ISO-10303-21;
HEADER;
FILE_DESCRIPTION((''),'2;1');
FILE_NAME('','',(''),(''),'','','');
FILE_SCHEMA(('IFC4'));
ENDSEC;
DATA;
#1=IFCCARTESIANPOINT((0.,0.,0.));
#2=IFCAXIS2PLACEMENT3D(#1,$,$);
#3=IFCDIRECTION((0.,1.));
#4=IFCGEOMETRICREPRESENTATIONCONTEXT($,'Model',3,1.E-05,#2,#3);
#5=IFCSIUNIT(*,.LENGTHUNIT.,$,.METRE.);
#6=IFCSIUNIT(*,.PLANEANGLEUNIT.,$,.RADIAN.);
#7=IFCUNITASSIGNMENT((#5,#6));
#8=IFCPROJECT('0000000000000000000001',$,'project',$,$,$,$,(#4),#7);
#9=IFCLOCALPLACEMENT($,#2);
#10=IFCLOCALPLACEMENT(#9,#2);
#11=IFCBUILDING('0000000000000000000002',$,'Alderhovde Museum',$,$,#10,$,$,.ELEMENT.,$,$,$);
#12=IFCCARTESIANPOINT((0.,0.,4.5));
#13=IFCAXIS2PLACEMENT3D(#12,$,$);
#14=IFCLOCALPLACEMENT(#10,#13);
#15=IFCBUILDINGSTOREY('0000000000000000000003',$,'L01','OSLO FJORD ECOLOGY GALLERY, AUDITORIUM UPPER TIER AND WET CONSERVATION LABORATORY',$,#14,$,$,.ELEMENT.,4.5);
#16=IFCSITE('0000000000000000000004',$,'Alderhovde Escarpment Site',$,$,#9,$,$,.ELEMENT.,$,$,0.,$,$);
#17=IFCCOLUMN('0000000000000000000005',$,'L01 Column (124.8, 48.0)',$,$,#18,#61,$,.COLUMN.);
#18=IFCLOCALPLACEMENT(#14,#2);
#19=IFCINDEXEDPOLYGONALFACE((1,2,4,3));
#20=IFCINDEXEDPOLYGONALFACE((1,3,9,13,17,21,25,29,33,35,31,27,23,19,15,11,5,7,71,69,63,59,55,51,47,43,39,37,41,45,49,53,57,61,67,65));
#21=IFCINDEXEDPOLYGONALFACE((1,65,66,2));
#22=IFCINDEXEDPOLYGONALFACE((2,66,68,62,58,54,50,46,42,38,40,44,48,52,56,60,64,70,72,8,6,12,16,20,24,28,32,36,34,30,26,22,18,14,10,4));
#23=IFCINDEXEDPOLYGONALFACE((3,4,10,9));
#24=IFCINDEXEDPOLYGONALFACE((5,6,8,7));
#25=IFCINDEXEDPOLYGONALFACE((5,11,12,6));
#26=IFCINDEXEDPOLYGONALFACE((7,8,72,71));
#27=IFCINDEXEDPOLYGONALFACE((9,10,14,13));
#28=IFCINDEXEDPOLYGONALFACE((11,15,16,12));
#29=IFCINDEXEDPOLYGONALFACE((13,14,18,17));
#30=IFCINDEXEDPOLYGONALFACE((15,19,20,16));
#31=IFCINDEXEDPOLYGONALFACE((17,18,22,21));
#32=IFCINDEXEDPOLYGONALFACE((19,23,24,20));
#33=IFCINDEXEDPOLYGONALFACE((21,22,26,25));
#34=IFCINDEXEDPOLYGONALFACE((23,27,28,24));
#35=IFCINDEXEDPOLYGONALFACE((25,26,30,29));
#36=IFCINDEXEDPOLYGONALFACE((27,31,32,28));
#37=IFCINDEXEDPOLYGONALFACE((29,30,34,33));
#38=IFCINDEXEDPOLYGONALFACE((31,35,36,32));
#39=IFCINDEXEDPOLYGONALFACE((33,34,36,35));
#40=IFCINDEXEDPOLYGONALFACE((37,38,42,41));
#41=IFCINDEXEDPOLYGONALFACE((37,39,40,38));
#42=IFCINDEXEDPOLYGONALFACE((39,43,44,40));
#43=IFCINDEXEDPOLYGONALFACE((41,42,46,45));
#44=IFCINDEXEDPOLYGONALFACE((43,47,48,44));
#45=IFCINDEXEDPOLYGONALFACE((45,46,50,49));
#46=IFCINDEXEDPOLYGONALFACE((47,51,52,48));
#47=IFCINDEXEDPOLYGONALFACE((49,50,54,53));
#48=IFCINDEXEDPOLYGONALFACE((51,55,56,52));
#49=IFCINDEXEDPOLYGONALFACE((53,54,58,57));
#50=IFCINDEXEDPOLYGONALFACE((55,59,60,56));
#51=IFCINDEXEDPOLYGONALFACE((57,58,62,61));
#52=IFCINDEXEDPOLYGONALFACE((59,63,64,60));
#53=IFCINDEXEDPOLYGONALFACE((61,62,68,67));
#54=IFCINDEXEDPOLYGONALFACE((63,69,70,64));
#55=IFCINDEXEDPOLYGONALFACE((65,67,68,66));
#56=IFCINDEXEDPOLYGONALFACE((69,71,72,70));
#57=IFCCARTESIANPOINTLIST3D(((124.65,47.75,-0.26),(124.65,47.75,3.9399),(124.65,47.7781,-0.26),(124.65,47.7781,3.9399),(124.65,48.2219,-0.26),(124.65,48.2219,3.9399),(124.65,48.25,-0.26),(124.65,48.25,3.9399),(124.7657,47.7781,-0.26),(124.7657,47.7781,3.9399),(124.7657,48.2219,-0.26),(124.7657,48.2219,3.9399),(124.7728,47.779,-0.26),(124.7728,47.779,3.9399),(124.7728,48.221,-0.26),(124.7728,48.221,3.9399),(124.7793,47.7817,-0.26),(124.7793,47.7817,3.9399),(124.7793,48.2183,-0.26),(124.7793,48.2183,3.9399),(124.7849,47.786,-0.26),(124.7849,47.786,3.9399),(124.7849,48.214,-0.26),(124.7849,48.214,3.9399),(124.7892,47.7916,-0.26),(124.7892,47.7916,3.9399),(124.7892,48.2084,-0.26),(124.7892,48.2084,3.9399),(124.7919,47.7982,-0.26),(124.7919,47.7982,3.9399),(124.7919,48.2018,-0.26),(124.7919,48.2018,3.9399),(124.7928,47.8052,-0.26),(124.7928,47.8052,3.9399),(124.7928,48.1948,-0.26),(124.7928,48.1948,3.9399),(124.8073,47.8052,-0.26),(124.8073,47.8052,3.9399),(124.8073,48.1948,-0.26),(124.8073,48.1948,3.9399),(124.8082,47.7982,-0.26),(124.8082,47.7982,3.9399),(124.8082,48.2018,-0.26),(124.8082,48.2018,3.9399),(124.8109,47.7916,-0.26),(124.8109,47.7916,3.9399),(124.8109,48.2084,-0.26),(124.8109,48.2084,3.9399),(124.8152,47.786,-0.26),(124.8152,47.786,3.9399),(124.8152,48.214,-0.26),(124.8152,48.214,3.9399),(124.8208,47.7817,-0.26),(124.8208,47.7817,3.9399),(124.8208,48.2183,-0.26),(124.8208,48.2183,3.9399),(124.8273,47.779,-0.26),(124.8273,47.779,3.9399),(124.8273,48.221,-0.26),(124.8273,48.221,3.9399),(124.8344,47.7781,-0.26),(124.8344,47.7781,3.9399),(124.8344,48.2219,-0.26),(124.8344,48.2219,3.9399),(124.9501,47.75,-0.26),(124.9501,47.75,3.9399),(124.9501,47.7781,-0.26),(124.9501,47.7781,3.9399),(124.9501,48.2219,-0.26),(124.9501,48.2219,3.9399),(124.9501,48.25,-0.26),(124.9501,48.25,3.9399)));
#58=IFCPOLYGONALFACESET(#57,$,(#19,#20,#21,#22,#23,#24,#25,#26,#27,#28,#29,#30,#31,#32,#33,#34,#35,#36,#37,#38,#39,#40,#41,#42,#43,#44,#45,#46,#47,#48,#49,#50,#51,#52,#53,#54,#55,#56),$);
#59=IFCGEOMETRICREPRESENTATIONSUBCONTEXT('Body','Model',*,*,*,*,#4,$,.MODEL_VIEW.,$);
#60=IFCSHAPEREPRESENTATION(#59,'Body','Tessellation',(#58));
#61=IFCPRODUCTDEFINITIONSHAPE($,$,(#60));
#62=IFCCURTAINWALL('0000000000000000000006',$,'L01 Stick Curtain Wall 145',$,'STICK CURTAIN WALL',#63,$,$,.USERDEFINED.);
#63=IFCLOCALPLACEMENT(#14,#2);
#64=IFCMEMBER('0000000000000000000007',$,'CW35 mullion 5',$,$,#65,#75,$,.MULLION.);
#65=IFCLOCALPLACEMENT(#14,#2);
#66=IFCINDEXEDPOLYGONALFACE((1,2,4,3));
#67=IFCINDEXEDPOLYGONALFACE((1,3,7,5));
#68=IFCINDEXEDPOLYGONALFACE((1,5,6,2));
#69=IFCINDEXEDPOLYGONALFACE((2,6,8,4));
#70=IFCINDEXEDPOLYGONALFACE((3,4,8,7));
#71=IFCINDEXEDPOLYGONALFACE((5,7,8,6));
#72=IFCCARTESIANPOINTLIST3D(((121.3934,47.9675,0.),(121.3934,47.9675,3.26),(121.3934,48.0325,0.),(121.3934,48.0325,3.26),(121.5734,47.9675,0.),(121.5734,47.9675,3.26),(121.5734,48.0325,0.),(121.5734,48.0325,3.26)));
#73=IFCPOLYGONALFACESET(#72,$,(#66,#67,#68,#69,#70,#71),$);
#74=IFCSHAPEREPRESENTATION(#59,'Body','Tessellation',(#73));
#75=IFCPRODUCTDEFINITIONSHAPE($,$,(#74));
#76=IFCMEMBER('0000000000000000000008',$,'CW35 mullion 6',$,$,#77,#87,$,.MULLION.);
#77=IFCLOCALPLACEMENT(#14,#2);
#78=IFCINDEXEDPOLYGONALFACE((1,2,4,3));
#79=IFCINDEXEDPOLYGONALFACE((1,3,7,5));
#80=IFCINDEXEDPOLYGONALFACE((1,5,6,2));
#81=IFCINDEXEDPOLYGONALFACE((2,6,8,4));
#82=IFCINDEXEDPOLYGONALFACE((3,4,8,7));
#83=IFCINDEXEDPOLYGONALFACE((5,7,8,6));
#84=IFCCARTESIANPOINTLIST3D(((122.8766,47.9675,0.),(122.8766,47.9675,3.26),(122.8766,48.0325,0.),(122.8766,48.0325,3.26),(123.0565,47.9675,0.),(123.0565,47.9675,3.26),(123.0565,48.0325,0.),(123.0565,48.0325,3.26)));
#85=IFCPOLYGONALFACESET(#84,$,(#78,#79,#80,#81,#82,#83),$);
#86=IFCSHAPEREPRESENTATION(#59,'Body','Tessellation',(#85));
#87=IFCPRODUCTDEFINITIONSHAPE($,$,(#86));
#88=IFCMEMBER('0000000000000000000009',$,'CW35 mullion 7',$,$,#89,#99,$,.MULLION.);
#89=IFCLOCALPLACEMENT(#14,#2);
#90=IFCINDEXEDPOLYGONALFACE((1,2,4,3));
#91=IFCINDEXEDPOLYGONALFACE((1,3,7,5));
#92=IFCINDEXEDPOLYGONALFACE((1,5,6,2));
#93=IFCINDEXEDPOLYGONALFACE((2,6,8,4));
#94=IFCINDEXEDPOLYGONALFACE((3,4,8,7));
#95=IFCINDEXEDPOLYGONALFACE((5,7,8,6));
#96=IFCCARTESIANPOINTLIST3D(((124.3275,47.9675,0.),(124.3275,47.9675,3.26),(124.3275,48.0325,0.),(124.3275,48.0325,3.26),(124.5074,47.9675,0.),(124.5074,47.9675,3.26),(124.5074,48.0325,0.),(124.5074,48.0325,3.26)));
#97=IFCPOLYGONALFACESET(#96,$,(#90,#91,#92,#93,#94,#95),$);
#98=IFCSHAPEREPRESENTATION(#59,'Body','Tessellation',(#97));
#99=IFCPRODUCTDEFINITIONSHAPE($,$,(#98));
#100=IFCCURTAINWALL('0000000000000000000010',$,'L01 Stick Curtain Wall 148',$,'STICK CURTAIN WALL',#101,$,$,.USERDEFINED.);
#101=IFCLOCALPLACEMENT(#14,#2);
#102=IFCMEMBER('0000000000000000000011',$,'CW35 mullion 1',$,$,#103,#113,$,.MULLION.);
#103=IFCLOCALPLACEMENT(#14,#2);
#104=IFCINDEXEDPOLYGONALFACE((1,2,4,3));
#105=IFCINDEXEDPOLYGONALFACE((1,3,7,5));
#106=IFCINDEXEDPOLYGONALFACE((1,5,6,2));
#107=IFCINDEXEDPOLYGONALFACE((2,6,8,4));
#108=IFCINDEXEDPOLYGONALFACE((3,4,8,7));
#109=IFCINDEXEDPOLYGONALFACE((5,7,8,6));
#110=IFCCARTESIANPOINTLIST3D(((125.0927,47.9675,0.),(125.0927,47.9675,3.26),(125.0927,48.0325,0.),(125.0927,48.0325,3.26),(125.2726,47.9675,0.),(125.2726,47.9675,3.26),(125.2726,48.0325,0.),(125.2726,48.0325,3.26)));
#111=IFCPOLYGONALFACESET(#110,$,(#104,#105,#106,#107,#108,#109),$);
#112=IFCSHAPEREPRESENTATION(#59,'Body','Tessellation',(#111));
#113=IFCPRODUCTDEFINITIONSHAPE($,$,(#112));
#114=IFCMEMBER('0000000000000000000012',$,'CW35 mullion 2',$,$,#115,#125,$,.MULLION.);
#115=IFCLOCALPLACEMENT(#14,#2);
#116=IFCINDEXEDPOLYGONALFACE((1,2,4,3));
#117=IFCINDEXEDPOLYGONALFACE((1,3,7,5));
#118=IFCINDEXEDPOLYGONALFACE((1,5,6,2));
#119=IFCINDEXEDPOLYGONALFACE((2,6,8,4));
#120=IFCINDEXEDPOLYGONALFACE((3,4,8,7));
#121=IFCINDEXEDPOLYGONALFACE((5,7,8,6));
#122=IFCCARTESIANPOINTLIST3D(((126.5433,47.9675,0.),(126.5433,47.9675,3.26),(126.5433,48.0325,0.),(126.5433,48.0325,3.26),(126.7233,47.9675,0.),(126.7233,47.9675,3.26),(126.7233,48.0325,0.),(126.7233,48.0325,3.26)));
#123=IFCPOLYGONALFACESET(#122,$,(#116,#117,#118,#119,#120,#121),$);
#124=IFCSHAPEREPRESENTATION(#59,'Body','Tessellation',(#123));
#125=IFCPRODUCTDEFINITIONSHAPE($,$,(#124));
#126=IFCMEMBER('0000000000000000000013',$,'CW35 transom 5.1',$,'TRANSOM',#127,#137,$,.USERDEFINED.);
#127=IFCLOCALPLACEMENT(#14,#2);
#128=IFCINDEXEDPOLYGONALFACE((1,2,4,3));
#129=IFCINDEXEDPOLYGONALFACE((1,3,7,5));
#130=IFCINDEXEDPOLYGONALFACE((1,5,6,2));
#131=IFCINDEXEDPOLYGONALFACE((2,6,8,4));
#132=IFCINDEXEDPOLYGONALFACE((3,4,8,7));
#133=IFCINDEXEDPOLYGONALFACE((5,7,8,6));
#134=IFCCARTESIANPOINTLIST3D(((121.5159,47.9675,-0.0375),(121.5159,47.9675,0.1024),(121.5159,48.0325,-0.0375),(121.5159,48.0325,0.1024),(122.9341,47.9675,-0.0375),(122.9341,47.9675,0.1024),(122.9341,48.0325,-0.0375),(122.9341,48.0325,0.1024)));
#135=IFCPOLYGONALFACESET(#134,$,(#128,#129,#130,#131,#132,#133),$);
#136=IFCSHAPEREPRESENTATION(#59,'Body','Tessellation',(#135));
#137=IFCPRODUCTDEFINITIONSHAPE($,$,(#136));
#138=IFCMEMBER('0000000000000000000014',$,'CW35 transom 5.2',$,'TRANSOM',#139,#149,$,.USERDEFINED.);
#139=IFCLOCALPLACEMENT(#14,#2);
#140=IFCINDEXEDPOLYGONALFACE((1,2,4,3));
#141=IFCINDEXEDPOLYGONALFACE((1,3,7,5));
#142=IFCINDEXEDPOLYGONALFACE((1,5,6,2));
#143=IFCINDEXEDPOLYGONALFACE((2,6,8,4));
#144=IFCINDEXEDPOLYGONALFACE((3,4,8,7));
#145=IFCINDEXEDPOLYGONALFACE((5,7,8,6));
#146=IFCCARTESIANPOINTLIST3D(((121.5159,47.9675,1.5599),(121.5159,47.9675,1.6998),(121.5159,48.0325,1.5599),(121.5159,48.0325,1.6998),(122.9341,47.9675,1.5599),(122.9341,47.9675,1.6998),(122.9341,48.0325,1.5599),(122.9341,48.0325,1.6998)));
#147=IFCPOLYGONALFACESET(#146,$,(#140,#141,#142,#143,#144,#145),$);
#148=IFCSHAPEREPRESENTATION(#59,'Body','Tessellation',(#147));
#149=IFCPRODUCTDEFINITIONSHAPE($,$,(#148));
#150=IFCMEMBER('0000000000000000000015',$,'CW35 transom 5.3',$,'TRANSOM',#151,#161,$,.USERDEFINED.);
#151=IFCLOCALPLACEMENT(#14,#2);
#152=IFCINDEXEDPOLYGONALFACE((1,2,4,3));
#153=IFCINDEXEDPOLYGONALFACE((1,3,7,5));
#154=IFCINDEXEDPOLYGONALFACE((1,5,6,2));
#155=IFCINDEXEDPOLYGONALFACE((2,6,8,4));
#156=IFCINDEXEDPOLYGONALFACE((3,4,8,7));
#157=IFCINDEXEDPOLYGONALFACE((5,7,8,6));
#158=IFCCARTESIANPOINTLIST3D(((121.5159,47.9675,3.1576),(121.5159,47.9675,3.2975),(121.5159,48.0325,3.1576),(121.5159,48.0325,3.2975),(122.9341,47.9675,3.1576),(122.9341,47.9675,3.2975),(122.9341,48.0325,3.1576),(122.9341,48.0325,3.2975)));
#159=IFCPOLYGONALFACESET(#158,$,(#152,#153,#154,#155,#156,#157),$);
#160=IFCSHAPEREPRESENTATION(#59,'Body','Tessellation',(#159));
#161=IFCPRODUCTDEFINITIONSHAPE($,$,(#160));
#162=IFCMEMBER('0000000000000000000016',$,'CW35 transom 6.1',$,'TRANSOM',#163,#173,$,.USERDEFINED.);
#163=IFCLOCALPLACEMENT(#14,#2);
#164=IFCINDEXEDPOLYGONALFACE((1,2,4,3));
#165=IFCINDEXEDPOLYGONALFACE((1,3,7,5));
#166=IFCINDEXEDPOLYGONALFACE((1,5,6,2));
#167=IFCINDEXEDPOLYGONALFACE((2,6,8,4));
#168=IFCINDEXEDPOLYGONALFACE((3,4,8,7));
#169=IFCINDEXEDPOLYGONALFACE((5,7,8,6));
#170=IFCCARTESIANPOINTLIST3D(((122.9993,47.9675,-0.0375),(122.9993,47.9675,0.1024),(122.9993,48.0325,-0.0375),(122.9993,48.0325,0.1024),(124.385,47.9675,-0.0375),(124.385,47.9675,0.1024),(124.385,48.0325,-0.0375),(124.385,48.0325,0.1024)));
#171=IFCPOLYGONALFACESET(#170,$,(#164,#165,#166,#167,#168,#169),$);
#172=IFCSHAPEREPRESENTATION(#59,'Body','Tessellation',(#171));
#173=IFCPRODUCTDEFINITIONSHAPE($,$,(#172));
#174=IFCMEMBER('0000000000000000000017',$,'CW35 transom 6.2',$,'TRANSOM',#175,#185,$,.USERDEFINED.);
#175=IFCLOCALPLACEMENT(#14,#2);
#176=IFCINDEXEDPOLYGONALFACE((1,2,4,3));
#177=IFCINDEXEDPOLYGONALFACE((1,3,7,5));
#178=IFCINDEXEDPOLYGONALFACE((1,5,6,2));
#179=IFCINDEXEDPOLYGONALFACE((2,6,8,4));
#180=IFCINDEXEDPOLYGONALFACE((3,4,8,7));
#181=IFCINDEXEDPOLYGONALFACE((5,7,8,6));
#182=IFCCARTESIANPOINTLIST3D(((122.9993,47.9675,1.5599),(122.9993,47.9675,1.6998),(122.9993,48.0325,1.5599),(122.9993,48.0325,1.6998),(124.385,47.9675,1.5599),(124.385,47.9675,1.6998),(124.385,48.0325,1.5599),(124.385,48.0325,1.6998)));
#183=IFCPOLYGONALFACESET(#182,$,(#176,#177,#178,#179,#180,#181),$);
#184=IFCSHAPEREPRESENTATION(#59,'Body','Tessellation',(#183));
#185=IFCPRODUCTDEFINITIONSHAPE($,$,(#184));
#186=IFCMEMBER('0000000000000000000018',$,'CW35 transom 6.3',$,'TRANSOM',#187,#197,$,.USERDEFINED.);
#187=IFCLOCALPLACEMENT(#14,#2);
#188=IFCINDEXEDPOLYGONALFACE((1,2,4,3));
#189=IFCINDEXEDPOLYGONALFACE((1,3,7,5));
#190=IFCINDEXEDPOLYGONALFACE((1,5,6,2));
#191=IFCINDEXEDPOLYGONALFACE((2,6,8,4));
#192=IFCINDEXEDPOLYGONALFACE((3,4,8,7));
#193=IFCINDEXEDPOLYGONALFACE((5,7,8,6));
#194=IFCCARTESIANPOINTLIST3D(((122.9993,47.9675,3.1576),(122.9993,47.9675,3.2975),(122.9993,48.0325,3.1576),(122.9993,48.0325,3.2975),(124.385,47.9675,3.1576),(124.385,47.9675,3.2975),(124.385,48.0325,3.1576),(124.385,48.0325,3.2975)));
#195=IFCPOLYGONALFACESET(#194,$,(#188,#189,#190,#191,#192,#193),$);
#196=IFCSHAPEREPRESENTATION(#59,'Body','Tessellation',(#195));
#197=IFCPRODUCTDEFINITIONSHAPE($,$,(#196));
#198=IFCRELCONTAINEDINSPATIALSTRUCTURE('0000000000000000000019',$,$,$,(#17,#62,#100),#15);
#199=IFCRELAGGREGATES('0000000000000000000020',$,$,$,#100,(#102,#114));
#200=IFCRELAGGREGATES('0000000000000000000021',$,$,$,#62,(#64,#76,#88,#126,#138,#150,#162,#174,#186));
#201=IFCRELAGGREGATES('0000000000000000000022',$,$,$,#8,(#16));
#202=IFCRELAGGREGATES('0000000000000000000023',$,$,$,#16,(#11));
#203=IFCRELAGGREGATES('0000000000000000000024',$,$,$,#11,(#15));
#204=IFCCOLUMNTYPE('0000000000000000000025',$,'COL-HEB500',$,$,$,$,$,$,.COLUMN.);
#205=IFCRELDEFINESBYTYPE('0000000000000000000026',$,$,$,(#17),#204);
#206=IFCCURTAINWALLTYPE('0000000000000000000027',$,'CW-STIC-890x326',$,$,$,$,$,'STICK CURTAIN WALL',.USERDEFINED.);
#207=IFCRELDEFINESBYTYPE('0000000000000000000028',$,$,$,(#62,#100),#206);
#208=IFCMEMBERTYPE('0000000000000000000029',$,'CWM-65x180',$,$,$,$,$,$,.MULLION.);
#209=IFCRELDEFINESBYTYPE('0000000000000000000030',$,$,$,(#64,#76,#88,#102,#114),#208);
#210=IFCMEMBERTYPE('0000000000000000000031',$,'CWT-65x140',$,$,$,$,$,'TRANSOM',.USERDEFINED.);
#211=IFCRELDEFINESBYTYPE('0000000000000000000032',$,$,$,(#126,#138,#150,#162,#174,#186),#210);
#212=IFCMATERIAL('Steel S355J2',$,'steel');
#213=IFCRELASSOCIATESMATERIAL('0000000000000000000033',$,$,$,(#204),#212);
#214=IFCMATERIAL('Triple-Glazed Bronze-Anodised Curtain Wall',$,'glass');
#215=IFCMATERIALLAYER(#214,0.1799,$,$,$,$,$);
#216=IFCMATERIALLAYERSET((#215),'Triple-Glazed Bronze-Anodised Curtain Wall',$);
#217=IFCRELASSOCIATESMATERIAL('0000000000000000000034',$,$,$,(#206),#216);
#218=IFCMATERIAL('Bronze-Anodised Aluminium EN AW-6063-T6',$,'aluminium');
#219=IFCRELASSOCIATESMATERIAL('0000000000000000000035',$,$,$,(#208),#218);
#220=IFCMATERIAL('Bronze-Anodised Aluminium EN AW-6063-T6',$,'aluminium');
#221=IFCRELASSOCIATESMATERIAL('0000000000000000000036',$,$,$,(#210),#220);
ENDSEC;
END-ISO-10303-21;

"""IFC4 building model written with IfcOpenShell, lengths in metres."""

from ifc_helpers import new_model, si_unit, direction, frame, origin, origin_2d, place, context, subcontext, project, spatial, rectangle, i_section, extrude, material, layer, layer_set, material_profile, profile_set, type_object, element, aggregate, save


model = new_model("IFC4")

# Units and contexts
model_context = context("Model", 3, precision=1e-05, world=origin(), true_north=direction((0.0, 1.0)))
body_context = subcontext(model_context, "Body", "Model", "MODEL_VIEW")
ifc_project = project(units=[si_unit("LENGTHUNIT", "METRE"), si_unit("PLANEANGLEUNIT", "RADIAN")], contexts=[model_context])

# Site, building, storey
site_placement = place(None, origin())
site = spatial("IfcSite", under=ifc_project, at=site_placement, Name="Alderhovde Escarpment Site", CompositionType="ELEMENT", RefElevation=0.0)
building_placement = place(site_placement, origin())
building = spatial("IfcBuilding", under=site, at=building_placement, Name="Alderhovde Museum", CompositionType="ELEMENT")
storey_placement = place(building_placement, frame((0.0, 0.0, 4.5)))
storey = spatial("IfcBuildingStorey", under=building, at=storey_placement, Name="L01", Description="OSLO FJORD ECOLOGY GALLERY, AUDITORIUM UPPER TIER AND WET CONSERVATION LABORATORY", CompositionType="ELEMENT", Elevation=4.5)

# Column
ifc_material_1 = material(Name="Steel S355J2", Category="steel")
ifc_material_profile_1 = material_profile(ifc_material_1, i_section(OverallWidth=0.3, OverallDepth=0.5, WebThickness=0.0144, FlangeThickness=0.0281, FilletRadius=0.0271, at=origin_2d()), Name="HEB 500")
ifc_profile_set_1 = profile_set([ifc_material_profile_1], Name="Steel S355J2")
column_type = type_object("IfcColumnType", Name="COL-HEB500", PredefinedType="COLUMN", material=ifc_profile_set_1)
column_placement = place(storey_placement, frame((124.8, 48.0, -0.26), z_axis=(0.0, 0.0, 1.0), x_axis=(1.0, 0.0, 0.0)))
element("IfcColumn", 1, at=column_placement, inside=storey, type_object=column_type, Name="L01 Column (124.8, 48.0)", PredefinedType="COLUMN", context=body_context, shape_type="SweptSolid", body=[
    extrude(i_section(OverallWidth=0.3, OverallDepth=0.5, WebThickness=0.0144, FlangeThickness=0.0281, FilletRadius=0.0271, at=origin_2d()), origin(), (0.0, 0.0, 1.0), 4.2),
])

# Curtain walls, members
ifc_material_2 = material(Name="Triple-Glazed Bronze-Anodised Curtain Wall", Category="glass")
ifc_layer_1 = layer(ifc_material_2, 0.1799)
ifc_layer_set_1 = layer_set([ifc_layer_1], Name="Triple-Glazed Bronze-Anodised Curtain Wall")
curtain_wall_type = type_object("IfcCurtainWallType", Name="CW-STIC-890x326", ElementType="STICK CURTAIN WALL", PredefinedType="USERDEFINED", material=ifc_layer_set_1)
curtain_wall_1_placement = place(storey_placement, origin())
curtain_wall_1 = element("IfcCurtainWall", 2, at=curtain_wall_1_placement, inside=storey, type_object=curtain_wall_type, Name="L01 Stick Curtain Wall 145", ObjectType="STICK CURTAIN WALL", PredefinedType="USERDEFINED")
ifc_material_3 = material(Name="Bronze-Anodised Aluminium EN AW-6063-T6", Category="aluminium")
ifc_material_profile_2 = material_profile(ifc_material_3, rectangle(XDim=0.0649, YDim=0.1799, at=origin_2d()), Name="MULLION 65x180")
ifc_profile_set_2 = profile_set([ifc_material_profile_2], Name="Bronze-Anodised Aluminium EN AW-6063-T6")
member_type_1 = type_object("IfcMemberType", Name="CWM-65x180", PredefinedType="MULLION", material=ifc_profile_set_2)
member_1_placement = place(storey_placement, frame((121.4834, 48.0, 0.0), z_axis=(0.0, 0.0, 1.0), x_axis=(0.0, 1.0, 0.0)))
member_1 = element("IfcMember", 3, at=member_1_placement, type_object=member_type_1, Name="CW35 mullion 5", PredefinedType="MULLION", context=body_context, shape_type="SweptSolid", body=[
    extrude(rectangle(XDim=0.0649, YDim=0.1799, at=origin_2d()), origin(), (0.0, 0.0, 1.0), 3.26),
])
member_2_placement = place(storey_placement, frame((122.9666, 48.0, 0.0), z_axis=(0.0, 0.0, 1.0), x_axis=(0.0, 1.0, 0.0)))
member_2 = element("IfcMember", 4, at=member_2_placement, type_object=member_type_1, Name="CW35 mullion 6", PredefinedType="MULLION", context=body_context, shape_type="SweptSolid", body=[
    extrude(rectangle(XDim=0.0649, YDim=0.1799, at=origin_2d()), origin(), (0.0, 0.0, 1.0), 3.26),
])
member_3_placement = place(storey_placement, frame((124.4175, 48.0, 0.0), z_axis=(0.0, 0.0, 1.0), x_axis=(0.0, 1.0, 0.0)))
member_3 = element("IfcMember", 5, at=member_3_placement, type_object=member_type_1, Name="CW35 mullion 7", PredefinedType="MULLION", context=body_context, shape_type="SweptSolid", body=[
    extrude(rectangle(XDim=0.0649, YDim=0.1799, at=origin_2d()), origin(), (0.0, 0.0, 1.0), 3.26),
])
curtain_wall_2_placement = place(storey_placement, origin())
curtain_wall_2 = element("IfcCurtainWall", 6, at=curtain_wall_2_placement, inside=storey, type_object=curtain_wall_type, Name="L01 Stick Curtain Wall 148", ObjectType="STICK CURTAIN WALL", PredefinedType="USERDEFINED")
member_4_placement = place(storey_placement, frame((125.1826, 48.0, 0.0), z_axis=(0.0, 0.0, 1.0), x_axis=(0.0, 1.0, 0.0)))
member_4 = element("IfcMember", 7, at=member_4_placement, type_object=member_type_1, Name="CW35 mullion 1", PredefinedType="MULLION", context=body_context, shape_type="SweptSolid", body=[
    extrude(rectangle(XDim=0.0649, YDim=0.1799, at=origin_2d()), origin(), (0.0, 0.0, 1.0), 3.26),
])
member_5_placement = place(storey_placement, frame((126.6333, 48.0, 0.0), z_axis=(0.0, 0.0, 1.0), x_axis=(0.0, 1.0, 0.0)))
member_5 = element("IfcMember", 8, at=member_5_placement, type_object=member_type_1, Name="CW35 mullion 2", PredefinedType="MULLION", context=body_context, shape_type="SweptSolid", body=[
    extrude(rectangle(XDim=0.0649, YDim=0.1799, at=origin_2d()), origin(), (0.0, 0.0, 1.0), 3.26),
])

# Members
ifc_material_4 = material(Name="Bronze-Anodised Aluminium EN AW-6063-T6", Category="aluminium")
ifc_material_profile_3 = material_profile(ifc_material_4, rectangle(XDim=0.0649, YDim=0.1399, at=origin_2d()), Name="TRANSOM 65x140")
ifc_profile_set_3 = profile_set([ifc_material_profile_3], Name="Bronze-Anodised Aluminium EN AW-6063-T6")
member_type_2 = type_object("IfcMemberType", Name="CWT-65x140", ElementType="TRANSOM", PredefinedType="USERDEFINED", material=ifc_profile_set_3)
member_6_placement = place(storey_placement, frame((121.5159, 48.0, 0.0325), z_axis=(1.0, 0.0, 0.0), x_axis=(0.0, 1.0, 0.0)))
member_6 = element("IfcMember", 9, at=member_6_placement, type_object=member_type_2, Name="CW35 transom 5.1", ObjectType="TRANSOM", PredefinedType="USERDEFINED", context=body_context, shape_type="SweptSolid", body=[
    extrude(rectangle(XDim=0.0649, YDim=0.1399, at=origin_2d()), origin(), (0.0, 0.0, 1.0), 1.4182),
])
member_7_placement = place(storey_placement, frame((121.5159, 48.0, 1.6299), z_axis=(1.0, 0.0, 0.0), x_axis=(0.0, 1.0, 0.0)))
member_7 = element("IfcMember", 10, at=member_7_placement, type_object=member_type_2, Name="CW35 transom 5.2", ObjectType="TRANSOM", PredefinedType="USERDEFINED", context=body_context, shape_type="SweptSolid", body=[
    extrude(rectangle(XDim=0.0649, YDim=0.1399, at=origin_2d()), origin(), (0.0, 0.0, 1.0), 1.4182),
])
member_8_placement = place(storey_placement, frame((121.5159, 48.0, 3.2275), z_axis=(1.0, 0.0, 0.0), x_axis=(0.0, 1.0, 0.0)))
member_8 = element("IfcMember", 11, at=member_8_placement, type_object=member_type_2, Name="CW35 transom 5.3", ObjectType="TRANSOM", PredefinedType="USERDEFINED", context=body_context, shape_type="SweptSolid", body=[
    extrude(rectangle(XDim=0.0649, YDim=0.1399, at=origin_2d()), origin(), (0.0, 0.0, 1.0), 1.4182),
])
member_9_placement = place(storey_placement, frame((122.9993, 48.0, 0.0325), z_axis=(1.0, 0.0, 0.0), x_axis=(0.0, 1.0, 0.0)))
member_9 = element("IfcMember", 12, at=member_9_placement, type_object=member_type_2, Name="CW35 transom 6.1", ObjectType="TRANSOM", PredefinedType="USERDEFINED", context=body_context, shape_type="SweptSolid", body=[
    extrude(rectangle(XDim=0.0649, YDim=0.1399, at=origin_2d()), origin(), (0.0, 0.0, 1.0), 1.3857),
])
member_10_placement = place(storey_placement, frame((122.9993, 48.0, 1.6299), z_axis=(1.0, 0.0, 0.0), x_axis=(0.0, 1.0, 0.0)))
member_10 = element("IfcMember", 13, at=member_10_placement, type_object=member_type_2, Name="CW35 transom 6.2", ObjectType="TRANSOM", PredefinedType="USERDEFINED", context=body_context, shape_type="SweptSolid", body=[
    extrude(rectangle(XDim=0.0649, YDim=0.1399, at=origin_2d()), origin(), (0.0, 0.0, 1.0), 1.3857),
])
member_11_placement = place(storey_placement, frame((122.9993, 48.0, 3.2275), z_axis=(1.0, 0.0, 0.0), x_axis=(0.0, 1.0, 0.0)))
member_11 = element("IfcMember", 14, at=member_11_placement, type_object=member_type_2, Name="CW35 transom 6.3", ObjectType="TRANSOM", PredefinedType="USERDEFINED", context=body_context, shape_type="SweptSolid", body=[
    extrude(rectangle(XDim=0.0649, YDim=0.1399, at=origin_2d()), origin(), (0.0, 0.0, 1.0), 1.3857),
])

aggregate(curtain_wall_2, [member_4, member_5])
aggregate(curtain_wall_1, [member_1, member_2, member_3, member_6, member_7, member_8, member_9, member_10, member_11])

save(model, "model.ifc")
